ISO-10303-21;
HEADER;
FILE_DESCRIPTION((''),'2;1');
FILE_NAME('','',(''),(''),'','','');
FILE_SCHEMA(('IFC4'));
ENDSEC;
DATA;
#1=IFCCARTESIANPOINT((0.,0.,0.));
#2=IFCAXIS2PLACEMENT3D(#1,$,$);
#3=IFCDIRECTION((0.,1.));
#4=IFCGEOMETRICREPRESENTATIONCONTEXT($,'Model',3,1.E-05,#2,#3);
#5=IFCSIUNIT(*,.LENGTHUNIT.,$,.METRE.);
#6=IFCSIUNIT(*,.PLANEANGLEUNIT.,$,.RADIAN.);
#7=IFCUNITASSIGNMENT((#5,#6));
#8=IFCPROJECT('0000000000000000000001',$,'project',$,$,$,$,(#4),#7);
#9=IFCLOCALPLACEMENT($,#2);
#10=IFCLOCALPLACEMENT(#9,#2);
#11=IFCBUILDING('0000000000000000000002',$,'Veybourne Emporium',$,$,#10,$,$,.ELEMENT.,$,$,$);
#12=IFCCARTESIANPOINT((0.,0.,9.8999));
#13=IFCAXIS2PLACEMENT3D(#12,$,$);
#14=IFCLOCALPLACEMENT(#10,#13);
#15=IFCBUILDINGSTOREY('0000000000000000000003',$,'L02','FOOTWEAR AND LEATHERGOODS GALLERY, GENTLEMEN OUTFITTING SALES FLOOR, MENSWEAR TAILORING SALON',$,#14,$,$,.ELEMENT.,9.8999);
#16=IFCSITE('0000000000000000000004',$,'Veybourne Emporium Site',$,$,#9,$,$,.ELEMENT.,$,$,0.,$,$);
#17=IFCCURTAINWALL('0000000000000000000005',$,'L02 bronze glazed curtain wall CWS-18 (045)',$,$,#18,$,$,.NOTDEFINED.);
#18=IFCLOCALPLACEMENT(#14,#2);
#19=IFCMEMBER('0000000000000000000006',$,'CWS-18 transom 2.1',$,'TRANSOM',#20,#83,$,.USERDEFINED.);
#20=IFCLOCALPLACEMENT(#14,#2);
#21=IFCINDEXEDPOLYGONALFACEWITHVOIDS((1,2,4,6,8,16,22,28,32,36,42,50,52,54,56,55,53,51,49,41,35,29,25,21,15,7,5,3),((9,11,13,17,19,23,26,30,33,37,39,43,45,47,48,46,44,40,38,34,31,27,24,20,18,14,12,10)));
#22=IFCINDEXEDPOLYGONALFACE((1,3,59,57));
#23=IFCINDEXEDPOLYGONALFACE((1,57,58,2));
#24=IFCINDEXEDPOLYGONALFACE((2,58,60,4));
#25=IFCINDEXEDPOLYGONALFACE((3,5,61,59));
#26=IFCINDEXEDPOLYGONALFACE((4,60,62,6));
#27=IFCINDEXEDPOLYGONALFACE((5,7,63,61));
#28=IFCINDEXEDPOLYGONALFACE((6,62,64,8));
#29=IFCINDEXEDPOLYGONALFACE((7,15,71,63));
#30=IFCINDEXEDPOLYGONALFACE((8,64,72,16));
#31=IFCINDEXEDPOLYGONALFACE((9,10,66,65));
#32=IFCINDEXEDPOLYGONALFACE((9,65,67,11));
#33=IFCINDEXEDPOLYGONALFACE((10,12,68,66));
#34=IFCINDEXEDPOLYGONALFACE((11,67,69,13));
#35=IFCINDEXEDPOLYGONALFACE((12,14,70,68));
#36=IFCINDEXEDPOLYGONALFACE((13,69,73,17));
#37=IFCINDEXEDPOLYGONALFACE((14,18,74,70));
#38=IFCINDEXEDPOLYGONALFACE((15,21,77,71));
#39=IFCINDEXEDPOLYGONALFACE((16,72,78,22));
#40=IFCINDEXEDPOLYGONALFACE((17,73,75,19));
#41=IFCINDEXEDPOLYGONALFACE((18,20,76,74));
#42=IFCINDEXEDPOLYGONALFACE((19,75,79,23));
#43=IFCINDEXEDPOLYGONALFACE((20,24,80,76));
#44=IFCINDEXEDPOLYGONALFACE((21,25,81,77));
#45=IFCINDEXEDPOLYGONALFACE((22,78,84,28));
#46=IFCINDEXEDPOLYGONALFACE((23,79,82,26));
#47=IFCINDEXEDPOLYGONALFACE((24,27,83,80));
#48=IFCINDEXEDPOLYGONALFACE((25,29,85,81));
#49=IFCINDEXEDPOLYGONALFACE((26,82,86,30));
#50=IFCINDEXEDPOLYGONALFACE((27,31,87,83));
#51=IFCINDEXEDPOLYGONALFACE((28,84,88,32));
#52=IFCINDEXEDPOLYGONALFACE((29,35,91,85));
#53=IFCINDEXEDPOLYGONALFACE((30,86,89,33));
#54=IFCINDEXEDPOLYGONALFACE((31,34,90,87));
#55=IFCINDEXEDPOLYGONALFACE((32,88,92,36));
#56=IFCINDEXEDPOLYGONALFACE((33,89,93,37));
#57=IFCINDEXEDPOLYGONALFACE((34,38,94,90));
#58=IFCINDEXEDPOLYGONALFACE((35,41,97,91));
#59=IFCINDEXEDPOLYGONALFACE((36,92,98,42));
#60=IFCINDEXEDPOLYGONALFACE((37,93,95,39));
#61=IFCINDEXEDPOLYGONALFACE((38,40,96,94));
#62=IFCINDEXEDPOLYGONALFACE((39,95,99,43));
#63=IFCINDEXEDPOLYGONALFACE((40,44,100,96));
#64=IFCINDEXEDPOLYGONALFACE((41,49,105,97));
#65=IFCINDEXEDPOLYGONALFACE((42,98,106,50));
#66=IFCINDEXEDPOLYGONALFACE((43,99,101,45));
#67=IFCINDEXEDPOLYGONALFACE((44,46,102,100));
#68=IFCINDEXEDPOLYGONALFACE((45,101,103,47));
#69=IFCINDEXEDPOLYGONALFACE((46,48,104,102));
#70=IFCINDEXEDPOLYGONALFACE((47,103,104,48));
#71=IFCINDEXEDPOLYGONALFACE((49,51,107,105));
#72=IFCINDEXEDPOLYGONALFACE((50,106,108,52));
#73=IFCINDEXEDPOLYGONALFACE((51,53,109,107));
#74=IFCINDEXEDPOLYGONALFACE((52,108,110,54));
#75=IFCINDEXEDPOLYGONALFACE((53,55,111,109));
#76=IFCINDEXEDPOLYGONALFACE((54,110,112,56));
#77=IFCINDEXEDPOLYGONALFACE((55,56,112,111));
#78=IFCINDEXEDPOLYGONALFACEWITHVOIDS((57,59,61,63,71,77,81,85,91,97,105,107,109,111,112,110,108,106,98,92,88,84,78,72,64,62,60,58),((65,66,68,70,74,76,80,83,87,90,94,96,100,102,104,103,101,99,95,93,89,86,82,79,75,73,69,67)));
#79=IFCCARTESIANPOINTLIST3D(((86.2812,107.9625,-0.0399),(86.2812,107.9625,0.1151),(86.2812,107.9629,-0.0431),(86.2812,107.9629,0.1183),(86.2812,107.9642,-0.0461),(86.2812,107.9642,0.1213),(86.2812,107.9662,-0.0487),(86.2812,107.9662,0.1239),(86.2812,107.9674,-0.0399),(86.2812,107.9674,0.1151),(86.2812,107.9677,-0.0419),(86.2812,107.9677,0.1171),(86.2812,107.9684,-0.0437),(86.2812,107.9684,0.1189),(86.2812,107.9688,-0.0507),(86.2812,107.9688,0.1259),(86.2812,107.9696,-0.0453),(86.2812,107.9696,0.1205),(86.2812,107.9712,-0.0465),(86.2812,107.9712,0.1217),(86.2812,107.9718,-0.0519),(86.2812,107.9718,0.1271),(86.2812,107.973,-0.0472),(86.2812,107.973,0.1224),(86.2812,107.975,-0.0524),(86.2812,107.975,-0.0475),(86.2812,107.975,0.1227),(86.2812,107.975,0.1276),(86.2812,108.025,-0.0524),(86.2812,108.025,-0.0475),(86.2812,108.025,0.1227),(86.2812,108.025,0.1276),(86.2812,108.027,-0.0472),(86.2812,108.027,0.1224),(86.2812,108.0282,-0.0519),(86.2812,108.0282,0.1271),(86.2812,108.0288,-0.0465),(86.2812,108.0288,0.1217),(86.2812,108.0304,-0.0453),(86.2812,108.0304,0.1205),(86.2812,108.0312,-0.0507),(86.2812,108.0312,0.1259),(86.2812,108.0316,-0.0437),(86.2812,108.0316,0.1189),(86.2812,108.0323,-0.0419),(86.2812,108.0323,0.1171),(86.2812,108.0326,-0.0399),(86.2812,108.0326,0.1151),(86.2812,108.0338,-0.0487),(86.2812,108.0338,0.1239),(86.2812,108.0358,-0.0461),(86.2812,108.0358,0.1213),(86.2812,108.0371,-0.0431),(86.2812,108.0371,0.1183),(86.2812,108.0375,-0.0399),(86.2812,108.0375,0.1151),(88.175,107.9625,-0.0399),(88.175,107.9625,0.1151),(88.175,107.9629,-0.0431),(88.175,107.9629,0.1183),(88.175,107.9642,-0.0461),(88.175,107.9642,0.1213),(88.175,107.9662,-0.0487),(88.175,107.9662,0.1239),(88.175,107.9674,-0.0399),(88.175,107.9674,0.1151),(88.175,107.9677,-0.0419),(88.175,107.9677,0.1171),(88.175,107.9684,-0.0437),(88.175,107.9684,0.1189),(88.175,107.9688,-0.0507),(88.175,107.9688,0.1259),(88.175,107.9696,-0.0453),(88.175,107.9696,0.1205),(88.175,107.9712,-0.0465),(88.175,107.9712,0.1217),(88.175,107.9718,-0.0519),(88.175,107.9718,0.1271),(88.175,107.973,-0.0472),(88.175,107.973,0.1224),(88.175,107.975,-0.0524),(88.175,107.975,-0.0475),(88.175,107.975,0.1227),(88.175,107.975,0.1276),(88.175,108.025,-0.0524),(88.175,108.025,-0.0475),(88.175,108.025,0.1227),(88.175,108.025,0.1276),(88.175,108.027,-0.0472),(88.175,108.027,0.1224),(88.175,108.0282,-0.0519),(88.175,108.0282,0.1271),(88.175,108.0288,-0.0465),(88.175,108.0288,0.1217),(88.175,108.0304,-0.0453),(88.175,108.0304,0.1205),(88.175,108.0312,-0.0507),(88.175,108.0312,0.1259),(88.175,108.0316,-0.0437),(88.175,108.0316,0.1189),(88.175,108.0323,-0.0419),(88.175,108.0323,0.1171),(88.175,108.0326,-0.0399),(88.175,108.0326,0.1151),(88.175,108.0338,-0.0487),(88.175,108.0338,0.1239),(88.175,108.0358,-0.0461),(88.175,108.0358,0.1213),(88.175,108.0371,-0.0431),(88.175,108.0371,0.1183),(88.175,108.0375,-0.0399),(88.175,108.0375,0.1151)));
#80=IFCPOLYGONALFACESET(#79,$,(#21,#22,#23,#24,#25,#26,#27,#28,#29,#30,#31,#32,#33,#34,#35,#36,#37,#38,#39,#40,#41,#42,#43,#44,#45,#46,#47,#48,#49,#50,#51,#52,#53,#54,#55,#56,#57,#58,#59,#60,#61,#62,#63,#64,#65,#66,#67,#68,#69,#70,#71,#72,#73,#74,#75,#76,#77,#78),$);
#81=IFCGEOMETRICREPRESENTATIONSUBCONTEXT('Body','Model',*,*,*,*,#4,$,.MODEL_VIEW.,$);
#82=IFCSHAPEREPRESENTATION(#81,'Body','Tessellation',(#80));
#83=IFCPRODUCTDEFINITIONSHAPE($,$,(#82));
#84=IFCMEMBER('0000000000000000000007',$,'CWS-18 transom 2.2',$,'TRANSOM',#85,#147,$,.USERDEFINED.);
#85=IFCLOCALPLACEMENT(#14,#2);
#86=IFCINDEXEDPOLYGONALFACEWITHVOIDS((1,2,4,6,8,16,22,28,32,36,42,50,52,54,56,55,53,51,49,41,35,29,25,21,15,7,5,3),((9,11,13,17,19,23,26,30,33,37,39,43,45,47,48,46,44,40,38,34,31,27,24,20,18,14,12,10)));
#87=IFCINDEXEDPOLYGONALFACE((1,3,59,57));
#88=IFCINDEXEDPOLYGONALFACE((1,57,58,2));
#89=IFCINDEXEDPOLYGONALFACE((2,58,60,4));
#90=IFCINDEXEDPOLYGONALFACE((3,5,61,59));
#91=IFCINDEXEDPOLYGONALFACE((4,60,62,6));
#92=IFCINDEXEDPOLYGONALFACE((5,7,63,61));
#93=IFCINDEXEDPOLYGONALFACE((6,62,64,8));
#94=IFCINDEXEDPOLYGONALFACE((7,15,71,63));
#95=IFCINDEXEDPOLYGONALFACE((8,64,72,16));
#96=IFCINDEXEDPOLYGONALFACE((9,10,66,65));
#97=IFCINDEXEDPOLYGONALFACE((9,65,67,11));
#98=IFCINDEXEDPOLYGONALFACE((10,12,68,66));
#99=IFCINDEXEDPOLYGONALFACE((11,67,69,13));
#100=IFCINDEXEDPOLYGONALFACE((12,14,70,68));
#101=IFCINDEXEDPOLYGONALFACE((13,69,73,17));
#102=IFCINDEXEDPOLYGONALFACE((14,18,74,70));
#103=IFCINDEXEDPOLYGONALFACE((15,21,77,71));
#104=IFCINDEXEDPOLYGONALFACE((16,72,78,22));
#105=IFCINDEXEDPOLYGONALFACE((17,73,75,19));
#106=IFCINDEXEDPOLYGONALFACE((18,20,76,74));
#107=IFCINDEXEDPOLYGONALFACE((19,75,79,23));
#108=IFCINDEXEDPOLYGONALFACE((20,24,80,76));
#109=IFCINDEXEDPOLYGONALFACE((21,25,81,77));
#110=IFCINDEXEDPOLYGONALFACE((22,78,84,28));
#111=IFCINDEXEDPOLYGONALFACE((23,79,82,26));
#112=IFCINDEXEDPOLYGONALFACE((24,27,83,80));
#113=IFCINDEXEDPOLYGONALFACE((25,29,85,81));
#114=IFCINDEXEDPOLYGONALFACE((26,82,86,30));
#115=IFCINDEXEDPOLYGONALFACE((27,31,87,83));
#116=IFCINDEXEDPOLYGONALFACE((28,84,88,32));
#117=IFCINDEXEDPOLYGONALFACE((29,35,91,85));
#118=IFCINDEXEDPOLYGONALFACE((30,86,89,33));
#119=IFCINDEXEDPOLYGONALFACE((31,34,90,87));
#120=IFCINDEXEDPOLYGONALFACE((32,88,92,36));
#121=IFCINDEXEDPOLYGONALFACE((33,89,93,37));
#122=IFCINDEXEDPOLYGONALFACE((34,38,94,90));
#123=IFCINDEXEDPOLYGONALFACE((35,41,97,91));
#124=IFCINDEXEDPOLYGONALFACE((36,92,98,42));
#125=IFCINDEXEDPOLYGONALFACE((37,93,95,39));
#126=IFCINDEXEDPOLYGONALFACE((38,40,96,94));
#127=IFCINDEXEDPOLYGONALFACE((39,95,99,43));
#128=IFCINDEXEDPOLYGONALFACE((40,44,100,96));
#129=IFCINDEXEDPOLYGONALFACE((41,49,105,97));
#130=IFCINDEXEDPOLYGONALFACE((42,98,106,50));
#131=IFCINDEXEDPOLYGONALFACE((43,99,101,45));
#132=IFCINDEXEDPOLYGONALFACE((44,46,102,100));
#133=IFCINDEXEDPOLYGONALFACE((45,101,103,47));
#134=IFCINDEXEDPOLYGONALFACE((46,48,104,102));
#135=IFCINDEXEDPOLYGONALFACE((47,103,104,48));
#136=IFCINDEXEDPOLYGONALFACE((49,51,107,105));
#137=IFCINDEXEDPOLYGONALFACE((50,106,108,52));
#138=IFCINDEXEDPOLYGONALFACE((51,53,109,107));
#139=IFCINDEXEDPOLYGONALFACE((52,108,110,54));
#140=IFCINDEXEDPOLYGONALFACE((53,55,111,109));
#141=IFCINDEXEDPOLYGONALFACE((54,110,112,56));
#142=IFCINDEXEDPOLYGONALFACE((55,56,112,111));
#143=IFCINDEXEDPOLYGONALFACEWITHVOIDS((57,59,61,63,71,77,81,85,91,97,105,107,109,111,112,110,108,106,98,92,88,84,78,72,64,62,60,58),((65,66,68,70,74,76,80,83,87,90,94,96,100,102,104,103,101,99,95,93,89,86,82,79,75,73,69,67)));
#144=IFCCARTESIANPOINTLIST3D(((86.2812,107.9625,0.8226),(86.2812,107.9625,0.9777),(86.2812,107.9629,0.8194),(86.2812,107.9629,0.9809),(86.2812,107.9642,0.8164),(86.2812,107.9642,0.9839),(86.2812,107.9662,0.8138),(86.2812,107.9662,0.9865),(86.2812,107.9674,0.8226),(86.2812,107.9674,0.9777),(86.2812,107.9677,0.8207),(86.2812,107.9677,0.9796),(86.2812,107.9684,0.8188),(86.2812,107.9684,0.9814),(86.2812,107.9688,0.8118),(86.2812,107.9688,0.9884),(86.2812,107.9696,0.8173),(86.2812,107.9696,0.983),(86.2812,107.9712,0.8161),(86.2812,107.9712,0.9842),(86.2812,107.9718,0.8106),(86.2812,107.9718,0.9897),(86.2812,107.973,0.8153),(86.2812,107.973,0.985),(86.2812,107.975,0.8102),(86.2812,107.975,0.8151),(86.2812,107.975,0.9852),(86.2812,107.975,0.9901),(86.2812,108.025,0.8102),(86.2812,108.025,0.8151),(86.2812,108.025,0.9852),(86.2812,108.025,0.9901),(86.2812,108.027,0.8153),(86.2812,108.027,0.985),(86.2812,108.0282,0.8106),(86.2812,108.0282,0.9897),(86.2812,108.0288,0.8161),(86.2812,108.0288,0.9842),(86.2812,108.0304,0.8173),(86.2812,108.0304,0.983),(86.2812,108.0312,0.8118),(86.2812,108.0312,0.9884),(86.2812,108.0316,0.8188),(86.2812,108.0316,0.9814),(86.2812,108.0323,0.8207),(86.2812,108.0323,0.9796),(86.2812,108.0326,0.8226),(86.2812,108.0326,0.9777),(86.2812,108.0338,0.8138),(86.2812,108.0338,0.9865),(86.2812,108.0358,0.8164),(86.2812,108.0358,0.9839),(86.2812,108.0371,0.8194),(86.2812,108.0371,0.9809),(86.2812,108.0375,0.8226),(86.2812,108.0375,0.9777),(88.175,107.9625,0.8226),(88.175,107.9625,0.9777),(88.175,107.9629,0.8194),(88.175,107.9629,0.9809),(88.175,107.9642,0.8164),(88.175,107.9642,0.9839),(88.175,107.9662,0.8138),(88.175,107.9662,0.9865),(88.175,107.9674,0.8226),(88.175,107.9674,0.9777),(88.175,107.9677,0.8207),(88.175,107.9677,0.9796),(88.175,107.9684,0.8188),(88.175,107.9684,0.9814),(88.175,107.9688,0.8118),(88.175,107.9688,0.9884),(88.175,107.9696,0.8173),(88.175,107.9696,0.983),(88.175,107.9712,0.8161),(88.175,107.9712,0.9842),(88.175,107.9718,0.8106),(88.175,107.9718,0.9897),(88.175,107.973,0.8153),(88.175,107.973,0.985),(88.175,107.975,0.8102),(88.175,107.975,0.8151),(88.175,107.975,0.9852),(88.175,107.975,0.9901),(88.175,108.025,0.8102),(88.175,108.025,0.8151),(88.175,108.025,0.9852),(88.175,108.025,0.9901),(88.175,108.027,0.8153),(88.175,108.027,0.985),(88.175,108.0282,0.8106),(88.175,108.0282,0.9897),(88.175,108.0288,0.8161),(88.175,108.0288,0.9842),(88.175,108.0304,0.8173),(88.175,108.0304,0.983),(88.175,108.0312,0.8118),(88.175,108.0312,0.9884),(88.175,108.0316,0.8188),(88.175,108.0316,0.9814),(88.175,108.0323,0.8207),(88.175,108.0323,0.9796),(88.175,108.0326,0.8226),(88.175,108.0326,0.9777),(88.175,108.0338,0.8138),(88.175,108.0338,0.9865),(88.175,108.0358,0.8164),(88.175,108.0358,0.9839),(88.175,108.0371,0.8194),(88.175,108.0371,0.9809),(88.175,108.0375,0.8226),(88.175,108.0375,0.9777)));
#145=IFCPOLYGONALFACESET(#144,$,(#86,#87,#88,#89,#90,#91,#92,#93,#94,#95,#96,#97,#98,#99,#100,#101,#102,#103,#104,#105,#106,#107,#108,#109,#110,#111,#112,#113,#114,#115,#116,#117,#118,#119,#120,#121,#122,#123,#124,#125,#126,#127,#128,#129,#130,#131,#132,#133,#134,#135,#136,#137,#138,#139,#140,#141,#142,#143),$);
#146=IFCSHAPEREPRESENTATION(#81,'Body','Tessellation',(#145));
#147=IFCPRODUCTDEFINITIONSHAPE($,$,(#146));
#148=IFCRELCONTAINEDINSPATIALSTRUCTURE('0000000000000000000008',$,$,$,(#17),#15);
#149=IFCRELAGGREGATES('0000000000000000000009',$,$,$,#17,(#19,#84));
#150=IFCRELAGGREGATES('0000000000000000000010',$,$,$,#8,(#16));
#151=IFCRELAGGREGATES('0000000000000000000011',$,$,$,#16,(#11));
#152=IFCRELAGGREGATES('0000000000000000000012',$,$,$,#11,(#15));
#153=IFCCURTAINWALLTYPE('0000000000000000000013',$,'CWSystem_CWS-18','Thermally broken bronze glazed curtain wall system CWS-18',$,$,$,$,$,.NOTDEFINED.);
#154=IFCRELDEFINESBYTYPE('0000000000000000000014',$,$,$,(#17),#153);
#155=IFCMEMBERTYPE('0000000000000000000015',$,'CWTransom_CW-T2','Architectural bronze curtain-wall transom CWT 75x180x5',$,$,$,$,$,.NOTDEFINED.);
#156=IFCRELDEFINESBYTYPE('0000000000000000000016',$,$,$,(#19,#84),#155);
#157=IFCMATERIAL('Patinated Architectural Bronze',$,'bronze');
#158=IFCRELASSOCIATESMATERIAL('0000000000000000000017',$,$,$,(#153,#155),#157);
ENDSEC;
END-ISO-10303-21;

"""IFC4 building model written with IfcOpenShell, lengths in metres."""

from ifc_helpers import new_model, si_unit, direction, frame, origin, origin_2d, place, context, subcontext, project, spatial, hollow_rectangle, extrude, material, material_profile, profile_set, type_object, element, aggregate, save


model = new_model("IFC4")

# Units and contexts
model_context = context("Model", 3, precision=1e-05, world=origin(), true_north=direction((0.0, 1.0)))
body_context = subcontext(model_context, "Body", "Model", "MODEL_VIEW")
ifc_project = project(units=[si_unit("LENGTHUNIT", "METRE"), si_unit("PLANEANGLEUNIT", "RADIAN")], contexts=[model_context])

# Site, building, storey
site_placement = place(None, origin())
site = spatial("IfcSite", under=ifc_project, at=site_placement, Name="Veybourne Emporium Site", CompositionType="ELEMENT", RefElevation=0.0)
building_placement = place(site_placement, origin())
building = spatial("IfcBuilding", under=site, at=building_placement, Name="Veybourne Emporium", CompositionType="ELEMENT")
storey_placement = place(building_placement, frame((0.0, 0.0, 9.8999)))
storey = spatial("IfcBuildingStorey", under=building, at=storey_placement, Name="L02", Description="FOOTWEAR AND LEATHERGOODS GALLERY, GENTLEMEN OUTFITTING SALES FLOOR, MENSWEAR TAILORING SALON", CompositionType="ELEMENT", Elevation=9.8999)

# Curtain wall, members
ifc_material_1 = material(Name="Patinated Architectural Bronze", Category="bronze")
curtain_wall_type = type_object("IfcCurtainWallType", Name="CWSystem_CWS-18", Description="Thermally broken bronze glazed curtain wall system CWS-18", PredefinedType="NOTDEFINED", material=ifc_material_1)
curtain_wall_placement = place(storey_placement, origin())
curtain_wall = element("IfcCurtainWall", 1, at=curtain_wall_placement, inside=storey, type_object=curtain_wall_type, Name="L02 bronze glazed curtain wall CWS-18 (045)", PredefinedType="NOTDEFINED")
ifc_material_profile_1 = material_profile(ifc_material_1, hollow_rectangle(XDim=0.075, YDim=0.1799, WallThickness=0.0049, InnerFilletRadius=0.0076, OuterFilletRadius=0.0125, at=origin_2d()), Name="CWT 75x180x5")
ifc_profile_set_1 = profile_set([ifc_material_profile_1], Name="Patinated Architectural Bronze")
member_type_1 = type_object("IfcMemberType", Name="CWTransom_CW-T2", Description="Architectural bronze curtain-wall transom CWT 75x180x5", PredefinedType="NOTDEFINED", material=ifc_profile_set_1)
member_1_placement = place(storey_placement, frame((86.2812, 108.0, 0.0376), z_axis=(1.0, 0.0, 0.0), x_axis=(0.0, 1.0, 0.0)))
member_1 = element("IfcMember", 2, at=member_1_placement, type_object=member_type_1, Name="CWS-18 transom 2.1", ObjectType="TRANSOM", PredefinedType="USERDEFINED", context=body_context, shape_type="SweptSolid", body=[
    extrude(hollow_rectangle(XDim=0.075, YDim=0.1799, WallThickness=0.0049, InnerFilletRadius=0.0076, OuterFilletRadius=0.0125, at=origin_2d()), origin(), (0.0, 0.0, 1.0), 1.8938),
])
member_2_placement = place(storey_placement, frame((86.2812, 108.0, 0.9001), z_axis=(1.0, 0.0, 0.0), x_axis=(0.0, 1.0, 0.0)))
member_2 = element("IfcMember", 3, at=member_2_placement, type_object=member_type_1, Name="CWS-18 transom 2.2", ObjectType="TRANSOM", PredefinedType="USERDEFINED", context=body_context, shape_type="SweptSolid", body=[
    extrude(hollow_rectangle(XDim=0.075, YDim=0.1799, WallThickness=0.0049, InnerFilletRadius=0.0076, OuterFilletRadius=0.0125, at=origin_2d()), origin(), (0.0, 0.0, 1.0), 1.8938),
])

aggregate(curtain_wall, [member_1, member_2])

save(model, "model.ifc")
